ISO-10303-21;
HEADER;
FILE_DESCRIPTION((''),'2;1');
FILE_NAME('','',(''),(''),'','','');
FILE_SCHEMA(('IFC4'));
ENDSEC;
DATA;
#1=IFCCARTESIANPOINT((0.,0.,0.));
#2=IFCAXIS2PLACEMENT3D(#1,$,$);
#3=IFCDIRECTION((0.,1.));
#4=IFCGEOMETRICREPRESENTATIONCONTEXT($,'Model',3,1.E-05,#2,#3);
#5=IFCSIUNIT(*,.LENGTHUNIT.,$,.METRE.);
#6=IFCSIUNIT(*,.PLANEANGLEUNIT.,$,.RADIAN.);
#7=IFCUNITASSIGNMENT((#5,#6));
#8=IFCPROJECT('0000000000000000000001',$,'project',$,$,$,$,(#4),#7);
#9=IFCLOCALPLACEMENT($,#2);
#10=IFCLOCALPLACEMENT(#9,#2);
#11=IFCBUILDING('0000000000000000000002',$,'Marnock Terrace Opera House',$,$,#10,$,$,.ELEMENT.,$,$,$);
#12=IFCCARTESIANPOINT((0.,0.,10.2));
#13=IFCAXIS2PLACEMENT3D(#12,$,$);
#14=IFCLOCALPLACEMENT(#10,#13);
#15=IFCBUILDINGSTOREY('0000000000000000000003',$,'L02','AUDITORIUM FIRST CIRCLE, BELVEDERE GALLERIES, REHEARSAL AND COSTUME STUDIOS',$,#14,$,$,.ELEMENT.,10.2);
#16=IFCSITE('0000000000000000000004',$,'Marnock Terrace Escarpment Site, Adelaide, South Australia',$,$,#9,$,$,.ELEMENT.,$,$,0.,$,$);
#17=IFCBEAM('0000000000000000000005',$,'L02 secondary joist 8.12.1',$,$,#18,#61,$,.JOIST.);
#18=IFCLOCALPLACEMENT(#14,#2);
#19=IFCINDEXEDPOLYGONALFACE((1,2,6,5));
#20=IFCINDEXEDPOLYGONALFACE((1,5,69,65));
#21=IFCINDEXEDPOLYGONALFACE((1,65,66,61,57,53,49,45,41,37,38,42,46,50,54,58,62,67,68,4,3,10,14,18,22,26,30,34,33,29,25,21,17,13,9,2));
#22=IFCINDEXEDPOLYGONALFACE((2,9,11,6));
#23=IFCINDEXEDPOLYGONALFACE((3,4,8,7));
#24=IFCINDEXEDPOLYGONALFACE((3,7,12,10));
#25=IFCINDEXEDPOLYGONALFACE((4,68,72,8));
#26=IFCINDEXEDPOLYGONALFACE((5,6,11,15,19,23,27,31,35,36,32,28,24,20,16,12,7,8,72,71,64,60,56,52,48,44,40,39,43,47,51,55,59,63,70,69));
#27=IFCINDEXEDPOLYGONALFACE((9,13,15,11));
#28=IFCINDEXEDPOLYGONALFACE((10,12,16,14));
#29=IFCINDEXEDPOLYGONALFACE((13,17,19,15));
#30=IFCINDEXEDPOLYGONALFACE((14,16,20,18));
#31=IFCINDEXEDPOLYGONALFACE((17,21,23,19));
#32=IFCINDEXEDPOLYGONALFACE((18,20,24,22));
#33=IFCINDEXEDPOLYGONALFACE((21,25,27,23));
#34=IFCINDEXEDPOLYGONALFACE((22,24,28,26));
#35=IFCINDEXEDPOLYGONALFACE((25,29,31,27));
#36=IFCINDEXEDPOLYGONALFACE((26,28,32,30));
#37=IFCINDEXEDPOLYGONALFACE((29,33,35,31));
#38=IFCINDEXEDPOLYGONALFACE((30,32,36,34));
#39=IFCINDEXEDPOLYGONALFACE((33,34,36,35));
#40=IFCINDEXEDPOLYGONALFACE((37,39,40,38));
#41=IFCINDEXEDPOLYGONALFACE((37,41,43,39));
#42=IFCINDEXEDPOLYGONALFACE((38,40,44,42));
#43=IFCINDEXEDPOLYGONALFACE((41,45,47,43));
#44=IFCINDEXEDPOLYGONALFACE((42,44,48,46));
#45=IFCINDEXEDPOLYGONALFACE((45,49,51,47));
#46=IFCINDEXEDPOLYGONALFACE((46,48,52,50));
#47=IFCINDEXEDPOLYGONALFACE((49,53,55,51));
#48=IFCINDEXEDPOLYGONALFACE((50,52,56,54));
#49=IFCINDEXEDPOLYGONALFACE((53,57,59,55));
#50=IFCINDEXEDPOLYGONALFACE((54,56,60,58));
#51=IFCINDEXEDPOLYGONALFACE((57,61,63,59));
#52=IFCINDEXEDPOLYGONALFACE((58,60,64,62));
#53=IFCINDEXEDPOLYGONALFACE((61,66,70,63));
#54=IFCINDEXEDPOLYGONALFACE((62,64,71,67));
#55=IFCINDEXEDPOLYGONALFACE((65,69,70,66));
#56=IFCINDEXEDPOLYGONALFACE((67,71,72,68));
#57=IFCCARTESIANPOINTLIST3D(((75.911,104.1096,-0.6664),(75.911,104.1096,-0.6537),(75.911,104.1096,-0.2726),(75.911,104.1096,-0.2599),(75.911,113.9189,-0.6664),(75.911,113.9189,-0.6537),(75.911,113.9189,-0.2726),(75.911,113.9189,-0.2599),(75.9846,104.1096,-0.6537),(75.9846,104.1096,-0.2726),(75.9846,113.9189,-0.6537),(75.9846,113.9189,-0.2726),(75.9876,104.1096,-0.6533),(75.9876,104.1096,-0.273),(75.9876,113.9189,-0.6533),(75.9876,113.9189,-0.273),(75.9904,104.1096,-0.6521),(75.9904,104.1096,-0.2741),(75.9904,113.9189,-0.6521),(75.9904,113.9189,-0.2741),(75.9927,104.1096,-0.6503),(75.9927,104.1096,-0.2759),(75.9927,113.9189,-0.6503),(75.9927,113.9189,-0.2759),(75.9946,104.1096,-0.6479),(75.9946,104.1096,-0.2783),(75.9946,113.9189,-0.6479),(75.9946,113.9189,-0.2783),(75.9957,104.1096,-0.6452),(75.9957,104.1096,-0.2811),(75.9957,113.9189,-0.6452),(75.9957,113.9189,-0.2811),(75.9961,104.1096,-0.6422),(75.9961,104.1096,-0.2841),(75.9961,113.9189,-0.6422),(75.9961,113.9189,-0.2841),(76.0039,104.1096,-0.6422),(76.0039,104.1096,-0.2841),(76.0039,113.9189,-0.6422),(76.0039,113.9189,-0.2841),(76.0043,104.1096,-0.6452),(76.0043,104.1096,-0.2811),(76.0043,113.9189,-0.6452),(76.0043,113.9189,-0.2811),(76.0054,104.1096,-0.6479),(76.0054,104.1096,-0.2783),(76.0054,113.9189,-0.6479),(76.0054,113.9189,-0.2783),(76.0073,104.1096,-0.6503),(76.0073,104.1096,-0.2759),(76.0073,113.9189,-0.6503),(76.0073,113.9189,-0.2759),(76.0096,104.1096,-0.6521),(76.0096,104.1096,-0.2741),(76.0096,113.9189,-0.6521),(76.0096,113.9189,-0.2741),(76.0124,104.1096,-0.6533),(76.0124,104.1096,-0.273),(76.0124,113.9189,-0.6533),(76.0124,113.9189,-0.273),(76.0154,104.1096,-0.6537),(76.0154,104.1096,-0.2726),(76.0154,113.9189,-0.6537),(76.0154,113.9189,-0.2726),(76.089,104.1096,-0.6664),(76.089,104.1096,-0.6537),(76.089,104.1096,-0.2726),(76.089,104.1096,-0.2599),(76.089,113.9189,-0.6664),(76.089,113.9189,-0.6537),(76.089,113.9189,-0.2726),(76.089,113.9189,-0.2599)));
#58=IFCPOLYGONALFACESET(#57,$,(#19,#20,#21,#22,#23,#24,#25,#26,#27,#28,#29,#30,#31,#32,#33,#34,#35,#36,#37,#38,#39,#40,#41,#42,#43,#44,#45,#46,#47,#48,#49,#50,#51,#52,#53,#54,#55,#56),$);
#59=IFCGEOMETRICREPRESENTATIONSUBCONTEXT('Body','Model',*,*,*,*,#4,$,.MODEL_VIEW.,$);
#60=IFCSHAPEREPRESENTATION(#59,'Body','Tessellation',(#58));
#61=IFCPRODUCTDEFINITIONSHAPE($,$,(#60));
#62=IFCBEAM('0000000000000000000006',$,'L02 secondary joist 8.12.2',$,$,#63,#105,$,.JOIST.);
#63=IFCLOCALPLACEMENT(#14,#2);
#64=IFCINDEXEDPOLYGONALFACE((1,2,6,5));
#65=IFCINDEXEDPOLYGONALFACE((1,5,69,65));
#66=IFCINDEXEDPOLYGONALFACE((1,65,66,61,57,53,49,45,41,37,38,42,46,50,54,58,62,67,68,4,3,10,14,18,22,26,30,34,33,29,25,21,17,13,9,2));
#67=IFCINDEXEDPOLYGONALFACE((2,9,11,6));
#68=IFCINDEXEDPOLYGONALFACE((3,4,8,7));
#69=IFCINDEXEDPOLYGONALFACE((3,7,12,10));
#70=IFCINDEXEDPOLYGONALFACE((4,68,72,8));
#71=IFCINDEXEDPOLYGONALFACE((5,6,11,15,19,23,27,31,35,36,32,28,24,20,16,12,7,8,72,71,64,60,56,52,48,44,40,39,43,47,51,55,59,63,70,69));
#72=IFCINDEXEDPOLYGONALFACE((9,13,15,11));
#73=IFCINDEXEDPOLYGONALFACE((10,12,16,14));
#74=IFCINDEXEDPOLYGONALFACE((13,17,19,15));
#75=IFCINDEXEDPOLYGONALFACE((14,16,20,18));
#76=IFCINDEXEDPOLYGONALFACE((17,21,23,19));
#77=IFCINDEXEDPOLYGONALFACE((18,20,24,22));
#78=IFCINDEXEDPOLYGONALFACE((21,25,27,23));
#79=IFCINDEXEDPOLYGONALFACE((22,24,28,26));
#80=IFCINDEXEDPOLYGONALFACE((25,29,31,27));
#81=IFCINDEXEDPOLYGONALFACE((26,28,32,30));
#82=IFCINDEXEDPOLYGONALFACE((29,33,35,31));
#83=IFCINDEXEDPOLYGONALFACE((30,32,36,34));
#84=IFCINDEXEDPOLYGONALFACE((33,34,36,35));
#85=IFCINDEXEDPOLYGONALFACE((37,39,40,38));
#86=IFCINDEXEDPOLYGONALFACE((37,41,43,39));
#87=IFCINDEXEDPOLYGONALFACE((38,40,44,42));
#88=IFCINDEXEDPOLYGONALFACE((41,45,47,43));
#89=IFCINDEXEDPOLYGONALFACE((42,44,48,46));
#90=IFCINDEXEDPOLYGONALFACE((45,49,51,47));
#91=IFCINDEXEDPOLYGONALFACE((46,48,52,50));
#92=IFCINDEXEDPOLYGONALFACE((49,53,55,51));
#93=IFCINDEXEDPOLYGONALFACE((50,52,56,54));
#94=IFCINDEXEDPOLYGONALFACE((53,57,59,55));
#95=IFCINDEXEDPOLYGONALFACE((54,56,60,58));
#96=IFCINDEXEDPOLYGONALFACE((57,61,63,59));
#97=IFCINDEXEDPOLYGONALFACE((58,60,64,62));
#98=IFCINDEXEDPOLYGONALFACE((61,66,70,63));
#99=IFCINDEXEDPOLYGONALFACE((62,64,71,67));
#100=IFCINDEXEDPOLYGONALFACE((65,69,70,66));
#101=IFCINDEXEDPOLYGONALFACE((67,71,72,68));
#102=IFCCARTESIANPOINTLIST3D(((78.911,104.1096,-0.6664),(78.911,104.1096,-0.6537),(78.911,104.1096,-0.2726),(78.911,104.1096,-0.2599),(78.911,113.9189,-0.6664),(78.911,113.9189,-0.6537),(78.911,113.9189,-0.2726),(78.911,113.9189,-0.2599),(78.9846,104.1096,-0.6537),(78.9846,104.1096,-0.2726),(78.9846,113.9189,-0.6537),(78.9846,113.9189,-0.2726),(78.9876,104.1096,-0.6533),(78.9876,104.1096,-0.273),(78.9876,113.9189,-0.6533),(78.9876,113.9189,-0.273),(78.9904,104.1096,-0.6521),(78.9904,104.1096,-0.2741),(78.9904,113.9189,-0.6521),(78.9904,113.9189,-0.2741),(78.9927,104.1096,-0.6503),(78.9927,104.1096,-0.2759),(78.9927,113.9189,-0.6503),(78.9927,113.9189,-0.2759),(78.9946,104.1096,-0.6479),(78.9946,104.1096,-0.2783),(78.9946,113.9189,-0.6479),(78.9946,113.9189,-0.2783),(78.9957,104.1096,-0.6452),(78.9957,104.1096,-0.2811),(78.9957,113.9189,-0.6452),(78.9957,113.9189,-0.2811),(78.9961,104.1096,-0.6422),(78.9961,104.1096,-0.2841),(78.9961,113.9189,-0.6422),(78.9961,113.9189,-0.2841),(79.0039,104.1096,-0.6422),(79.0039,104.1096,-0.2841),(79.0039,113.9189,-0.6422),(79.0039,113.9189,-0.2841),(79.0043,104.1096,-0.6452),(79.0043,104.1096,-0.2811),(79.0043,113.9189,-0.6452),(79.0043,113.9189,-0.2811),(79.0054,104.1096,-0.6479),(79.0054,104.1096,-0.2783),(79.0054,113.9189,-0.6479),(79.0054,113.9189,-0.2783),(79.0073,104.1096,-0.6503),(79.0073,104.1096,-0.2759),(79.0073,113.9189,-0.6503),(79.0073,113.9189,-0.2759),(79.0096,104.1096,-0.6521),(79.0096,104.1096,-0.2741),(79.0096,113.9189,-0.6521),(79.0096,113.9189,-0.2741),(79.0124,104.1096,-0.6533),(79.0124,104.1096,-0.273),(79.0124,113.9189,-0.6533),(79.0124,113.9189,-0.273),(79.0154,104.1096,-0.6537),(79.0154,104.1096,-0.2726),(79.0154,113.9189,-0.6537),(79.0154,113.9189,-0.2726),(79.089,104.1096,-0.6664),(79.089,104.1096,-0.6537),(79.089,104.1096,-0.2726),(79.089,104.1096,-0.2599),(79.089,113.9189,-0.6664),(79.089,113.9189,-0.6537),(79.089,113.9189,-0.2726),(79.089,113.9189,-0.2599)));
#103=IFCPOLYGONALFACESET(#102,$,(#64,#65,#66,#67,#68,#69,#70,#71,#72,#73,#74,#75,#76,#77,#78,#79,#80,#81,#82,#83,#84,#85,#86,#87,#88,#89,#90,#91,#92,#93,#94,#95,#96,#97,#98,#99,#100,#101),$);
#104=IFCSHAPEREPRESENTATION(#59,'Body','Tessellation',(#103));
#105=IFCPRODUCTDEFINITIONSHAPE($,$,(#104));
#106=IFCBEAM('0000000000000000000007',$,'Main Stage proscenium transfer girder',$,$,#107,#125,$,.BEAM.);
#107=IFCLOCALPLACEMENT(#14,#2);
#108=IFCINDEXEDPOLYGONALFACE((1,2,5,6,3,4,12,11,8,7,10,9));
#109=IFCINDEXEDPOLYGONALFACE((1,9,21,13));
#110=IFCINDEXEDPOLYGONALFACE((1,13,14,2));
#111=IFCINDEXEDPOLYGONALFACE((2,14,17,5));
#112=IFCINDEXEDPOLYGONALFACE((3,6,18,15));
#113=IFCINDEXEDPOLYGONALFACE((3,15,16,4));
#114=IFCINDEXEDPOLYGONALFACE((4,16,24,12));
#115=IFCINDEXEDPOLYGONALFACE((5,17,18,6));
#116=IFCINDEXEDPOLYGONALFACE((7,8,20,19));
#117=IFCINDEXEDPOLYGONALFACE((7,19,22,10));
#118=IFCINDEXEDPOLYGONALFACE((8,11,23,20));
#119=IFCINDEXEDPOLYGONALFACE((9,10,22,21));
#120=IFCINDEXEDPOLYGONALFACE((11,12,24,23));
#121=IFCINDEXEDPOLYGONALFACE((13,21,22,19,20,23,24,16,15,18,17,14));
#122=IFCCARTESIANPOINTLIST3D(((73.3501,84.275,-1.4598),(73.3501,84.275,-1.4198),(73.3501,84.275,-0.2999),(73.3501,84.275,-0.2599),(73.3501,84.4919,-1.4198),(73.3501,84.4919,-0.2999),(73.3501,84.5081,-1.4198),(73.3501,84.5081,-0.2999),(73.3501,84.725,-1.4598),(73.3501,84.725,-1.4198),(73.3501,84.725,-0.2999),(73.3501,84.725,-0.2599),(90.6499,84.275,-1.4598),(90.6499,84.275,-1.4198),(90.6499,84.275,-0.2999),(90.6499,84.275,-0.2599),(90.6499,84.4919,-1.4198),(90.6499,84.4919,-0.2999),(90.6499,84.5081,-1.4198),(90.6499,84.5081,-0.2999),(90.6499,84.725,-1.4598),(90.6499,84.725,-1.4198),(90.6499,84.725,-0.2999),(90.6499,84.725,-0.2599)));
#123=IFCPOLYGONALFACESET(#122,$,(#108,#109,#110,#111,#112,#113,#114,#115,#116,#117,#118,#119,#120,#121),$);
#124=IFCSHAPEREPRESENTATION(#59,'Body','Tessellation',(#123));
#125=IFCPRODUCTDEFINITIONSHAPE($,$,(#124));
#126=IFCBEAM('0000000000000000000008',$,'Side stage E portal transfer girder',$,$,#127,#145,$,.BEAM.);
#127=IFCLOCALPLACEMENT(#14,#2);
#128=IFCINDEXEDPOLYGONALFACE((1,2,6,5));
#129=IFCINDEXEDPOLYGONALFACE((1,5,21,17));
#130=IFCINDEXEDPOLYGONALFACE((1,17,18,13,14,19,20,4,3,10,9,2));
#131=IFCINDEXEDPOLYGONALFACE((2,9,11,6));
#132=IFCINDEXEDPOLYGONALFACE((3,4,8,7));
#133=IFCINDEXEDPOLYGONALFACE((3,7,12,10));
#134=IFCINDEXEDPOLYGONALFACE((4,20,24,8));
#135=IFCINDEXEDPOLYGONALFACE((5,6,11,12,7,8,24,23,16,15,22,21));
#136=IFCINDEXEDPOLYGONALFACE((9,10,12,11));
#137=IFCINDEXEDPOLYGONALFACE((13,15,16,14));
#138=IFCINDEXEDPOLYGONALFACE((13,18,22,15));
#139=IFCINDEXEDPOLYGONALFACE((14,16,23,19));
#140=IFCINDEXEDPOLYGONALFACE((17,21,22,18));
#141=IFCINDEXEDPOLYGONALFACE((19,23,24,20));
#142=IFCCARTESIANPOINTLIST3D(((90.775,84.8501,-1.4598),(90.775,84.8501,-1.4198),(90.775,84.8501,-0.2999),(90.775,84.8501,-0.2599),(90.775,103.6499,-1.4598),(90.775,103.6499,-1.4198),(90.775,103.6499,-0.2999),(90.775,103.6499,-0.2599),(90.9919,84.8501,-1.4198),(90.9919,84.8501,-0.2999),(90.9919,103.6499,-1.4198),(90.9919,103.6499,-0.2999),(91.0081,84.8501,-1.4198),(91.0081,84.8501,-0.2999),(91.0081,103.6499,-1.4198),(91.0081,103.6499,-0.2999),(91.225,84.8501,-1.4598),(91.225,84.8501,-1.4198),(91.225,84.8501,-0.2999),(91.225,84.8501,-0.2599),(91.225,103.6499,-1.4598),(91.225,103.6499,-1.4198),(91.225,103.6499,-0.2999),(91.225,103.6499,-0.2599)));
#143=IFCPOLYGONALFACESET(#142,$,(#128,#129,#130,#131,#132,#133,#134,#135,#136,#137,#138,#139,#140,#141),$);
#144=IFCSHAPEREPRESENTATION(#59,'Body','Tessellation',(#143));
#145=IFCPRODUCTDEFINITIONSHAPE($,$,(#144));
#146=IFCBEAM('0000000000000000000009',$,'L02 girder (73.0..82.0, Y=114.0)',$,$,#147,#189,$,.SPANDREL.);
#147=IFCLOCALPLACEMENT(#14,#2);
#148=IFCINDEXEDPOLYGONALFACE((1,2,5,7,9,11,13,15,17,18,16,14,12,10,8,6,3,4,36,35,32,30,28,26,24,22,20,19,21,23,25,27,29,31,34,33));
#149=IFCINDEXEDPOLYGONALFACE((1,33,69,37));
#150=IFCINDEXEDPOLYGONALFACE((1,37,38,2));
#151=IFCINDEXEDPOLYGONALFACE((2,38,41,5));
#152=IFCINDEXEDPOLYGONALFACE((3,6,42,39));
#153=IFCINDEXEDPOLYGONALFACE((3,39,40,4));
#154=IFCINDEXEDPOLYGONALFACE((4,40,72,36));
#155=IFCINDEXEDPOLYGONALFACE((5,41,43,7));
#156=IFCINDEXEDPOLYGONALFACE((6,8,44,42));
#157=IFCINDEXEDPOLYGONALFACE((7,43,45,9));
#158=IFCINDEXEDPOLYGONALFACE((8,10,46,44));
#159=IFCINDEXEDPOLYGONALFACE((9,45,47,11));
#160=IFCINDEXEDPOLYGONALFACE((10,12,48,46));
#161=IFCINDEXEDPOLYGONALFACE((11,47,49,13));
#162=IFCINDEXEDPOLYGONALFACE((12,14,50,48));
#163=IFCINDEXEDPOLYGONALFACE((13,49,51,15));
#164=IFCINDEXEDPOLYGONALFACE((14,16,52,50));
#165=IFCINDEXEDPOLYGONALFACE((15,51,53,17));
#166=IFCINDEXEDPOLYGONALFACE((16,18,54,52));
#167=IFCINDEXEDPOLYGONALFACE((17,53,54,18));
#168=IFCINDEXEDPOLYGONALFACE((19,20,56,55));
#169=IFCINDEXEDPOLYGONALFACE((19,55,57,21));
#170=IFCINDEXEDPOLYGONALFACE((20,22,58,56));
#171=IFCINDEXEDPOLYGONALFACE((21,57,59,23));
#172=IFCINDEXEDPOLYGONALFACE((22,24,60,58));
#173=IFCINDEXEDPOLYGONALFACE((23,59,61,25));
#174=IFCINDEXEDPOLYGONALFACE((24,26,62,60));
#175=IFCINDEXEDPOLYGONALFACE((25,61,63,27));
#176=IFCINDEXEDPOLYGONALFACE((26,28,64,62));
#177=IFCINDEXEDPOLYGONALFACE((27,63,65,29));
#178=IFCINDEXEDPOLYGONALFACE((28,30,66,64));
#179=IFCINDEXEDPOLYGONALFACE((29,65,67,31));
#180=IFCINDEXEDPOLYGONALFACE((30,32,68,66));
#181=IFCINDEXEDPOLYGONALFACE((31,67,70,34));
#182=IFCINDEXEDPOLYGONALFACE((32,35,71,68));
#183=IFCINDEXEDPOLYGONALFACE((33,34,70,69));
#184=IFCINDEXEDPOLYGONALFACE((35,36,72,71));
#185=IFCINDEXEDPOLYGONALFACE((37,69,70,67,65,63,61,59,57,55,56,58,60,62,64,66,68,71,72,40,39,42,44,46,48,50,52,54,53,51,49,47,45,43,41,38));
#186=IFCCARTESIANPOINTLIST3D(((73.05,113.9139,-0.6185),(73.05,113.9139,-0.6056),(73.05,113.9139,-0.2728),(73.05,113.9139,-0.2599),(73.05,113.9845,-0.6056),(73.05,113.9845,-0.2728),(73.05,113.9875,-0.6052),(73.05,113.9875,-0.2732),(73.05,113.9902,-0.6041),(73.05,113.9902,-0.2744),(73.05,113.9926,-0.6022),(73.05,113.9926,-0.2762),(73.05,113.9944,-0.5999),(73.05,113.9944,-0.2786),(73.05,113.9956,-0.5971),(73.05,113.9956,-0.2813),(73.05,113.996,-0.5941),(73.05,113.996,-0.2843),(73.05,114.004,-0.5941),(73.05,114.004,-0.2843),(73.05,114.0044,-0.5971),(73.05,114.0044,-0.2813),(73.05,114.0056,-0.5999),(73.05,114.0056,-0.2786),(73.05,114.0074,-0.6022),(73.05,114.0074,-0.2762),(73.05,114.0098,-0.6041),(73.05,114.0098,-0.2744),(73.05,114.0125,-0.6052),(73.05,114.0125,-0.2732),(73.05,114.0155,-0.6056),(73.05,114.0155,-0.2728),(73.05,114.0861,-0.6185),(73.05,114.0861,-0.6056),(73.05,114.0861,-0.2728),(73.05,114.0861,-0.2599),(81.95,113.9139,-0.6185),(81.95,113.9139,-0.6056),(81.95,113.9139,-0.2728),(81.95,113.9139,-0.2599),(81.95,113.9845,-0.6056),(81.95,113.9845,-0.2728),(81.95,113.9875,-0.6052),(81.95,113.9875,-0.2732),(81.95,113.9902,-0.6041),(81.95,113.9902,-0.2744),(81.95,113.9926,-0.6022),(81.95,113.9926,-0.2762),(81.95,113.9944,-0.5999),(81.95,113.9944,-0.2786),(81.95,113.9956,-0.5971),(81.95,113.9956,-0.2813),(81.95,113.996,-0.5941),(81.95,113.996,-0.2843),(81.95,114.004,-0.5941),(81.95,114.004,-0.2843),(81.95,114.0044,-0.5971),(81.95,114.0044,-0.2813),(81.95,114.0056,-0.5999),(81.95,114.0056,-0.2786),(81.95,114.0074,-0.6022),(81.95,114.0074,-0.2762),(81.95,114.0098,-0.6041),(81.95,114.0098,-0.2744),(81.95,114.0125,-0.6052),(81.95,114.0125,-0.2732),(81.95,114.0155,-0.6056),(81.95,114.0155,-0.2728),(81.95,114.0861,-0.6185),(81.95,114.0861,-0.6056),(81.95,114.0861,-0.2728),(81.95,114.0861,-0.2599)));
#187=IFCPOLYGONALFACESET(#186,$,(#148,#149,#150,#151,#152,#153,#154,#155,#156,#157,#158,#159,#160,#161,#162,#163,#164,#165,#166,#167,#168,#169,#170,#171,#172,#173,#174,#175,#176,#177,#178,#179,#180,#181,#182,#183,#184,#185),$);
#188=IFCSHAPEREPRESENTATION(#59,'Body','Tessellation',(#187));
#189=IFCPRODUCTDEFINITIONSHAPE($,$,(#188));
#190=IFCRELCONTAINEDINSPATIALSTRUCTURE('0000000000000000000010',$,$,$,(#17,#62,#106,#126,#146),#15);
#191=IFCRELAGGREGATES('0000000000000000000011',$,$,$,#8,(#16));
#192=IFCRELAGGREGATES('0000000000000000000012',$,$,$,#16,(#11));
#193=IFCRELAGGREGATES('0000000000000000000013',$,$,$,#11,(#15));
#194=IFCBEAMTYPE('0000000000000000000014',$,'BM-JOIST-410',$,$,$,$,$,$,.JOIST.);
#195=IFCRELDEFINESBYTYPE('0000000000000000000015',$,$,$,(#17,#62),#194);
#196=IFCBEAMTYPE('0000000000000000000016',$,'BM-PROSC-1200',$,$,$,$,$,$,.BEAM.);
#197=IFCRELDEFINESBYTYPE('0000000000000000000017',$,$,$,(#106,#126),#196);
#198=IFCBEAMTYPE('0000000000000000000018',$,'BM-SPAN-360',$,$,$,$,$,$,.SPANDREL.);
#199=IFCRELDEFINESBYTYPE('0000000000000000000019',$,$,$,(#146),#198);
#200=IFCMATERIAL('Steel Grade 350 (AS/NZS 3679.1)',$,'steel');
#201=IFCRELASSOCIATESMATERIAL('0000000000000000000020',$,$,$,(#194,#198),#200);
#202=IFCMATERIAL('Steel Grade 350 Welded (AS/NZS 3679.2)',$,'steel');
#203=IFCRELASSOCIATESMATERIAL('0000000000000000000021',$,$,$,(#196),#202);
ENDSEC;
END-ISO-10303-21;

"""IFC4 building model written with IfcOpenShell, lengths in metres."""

from ifc_helpers import new_model, si_unit, direction, frame, origin, origin_2d, place, context, subcontext, project, spatial, i_section, extrude, material, material_profile, profile_set, type_object, element, save


model = new_model("IFC4")

# Units and contexts
model_context = context("Model", 3, precision=1e-05, world=origin(), true_north=direction((0.0, 1.0)))
body_context = subcontext(model_context, "Body", "Model", "MODEL_VIEW")
ifc_project = project(units=[si_unit("LENGTHUNIT", "METRE"), si_unit("PLANEANGLEUNIT", "RADIAN")], contexts=[model_context])

# Site, building, storey
site_placement = place(None, origin())
site = spatial("IfcSite", under=ifc_project, at=site_placement, Name="Marnock Terrace Escarpment Site, Adelaide, South Australia", CompositionType="ELEMENT", RefElevation=0.0)
building_placement = place(site_placement, origin())
building = spatial("IfcBuilding", under=site, at=building_placement, Name="Marnock Terrace Opera House", CompositionType="ELEMENT")
storey_placement = place(building_placement, frame((0.0, 0.0, 10.2)))
storey = spatial("IfcBuildingStorey", under=building, at=storey_placement, Name="L02", Description="AUDITORIUM FIRST CIRCLE, BELVEDERE GALLERIES, REHEARSAL AND COSTUME STUDIOS", CompositionType="ELEMENT", Elevation=10.2)

# Beams
ifc_material_1 = material(Name="Steel Grade 350 (AS/NZS 3679.1)", Category="steel")
ifc_material_profile_1 = material_profile(ifc_material_1, i_section(OverallWidth=0.178, OverallDepth=0.4065, WebThickness=0.0078, FlangeThickness=0.0127, FilletRadius=0.0115, at=origin_2d()))
ifc_profile_set_1 = profile_set([ifc_material_profile_1], Name="Steel Grade 350 (AS/NZS 3679.1)")
beam_type_1 = type_object("IfcBeamType", Name="BM-JOIST-410", PredefinedType="JOIST", material=ifc_profile_set_1)
for number, where, z_axis, x_axis, name in (
    (1, (76.0, 104.1096, -0.4631), (0.0, 1.0, 0.0), (-1.0, 0.0, 0.0), "L02 secondary joist 8.12.1"),
    (2, (79.0, 104.1096, -0.4631), (0.0, 1.0, 0.0), (-1.0, 0.0, 0.0), "L02 secondary joist 8.12.2"),
):
    element("IfcBeam", number, at=place(storey_placement, frame(where, z_axis=z_axis, x_axis=x_axis)), inside=storey, type_object=beam_type_1, Name=name, PredefinedType="JOIST", context=body_context, shape_type="SweptSolid", body=[
        extrude(i_section(OverallWidth=0.178, OverallDepth=0.4065, WebThickness=0.0078, FlangeThickness=0.0127, FilletRadius=0.0115, at=origin_2d()), origin(), (0.0, 0.0, 1.0), 9.8093),
    ])
ifc_material_2 = material(Name="Steel Grade 350 Welded (AS/NZS 3679.2)", Category="steel")
ifc_material_profile_2 = material_profile(ifc_material_2, i_section(OverallWidth=0.45, OverallDepth=1.2, WebThickness=0.0161, FlangeThickness=0.04, at=origin_2d()))
ifc_profile_set_2 = profile_set([ifc_material_profile_2], Name="Steel Grade 350 Welded (AS/NZS 3679.2)")
beam_type_2 = type_object("IfcBeamType", Name="BM-PROSC-1200", PredefinedType="BEAM", material=ifc_profile_set_2)
beam_1_placement = place(storey_placement, frame((73.3501, 84.5, -0.8599), z_axis=(1.0, 0.0, 0.0), x_axis=(0.0, 1.0, 0.0)))
element("IfcBeam", 3, at=beam_1_placement, inside=storey, type_object=beam_type_2, Name="Main Stage proscenium transfer girder", PredefinedType="BEAM", context=body_context, shape_type="SweptSolid", body=[
    extrude(i_section(OverallWidth=0.45, OverallDepth=1.2, WebThickness=0.0161, FlangeThickness=0.04, at=origin_2d()), origin(), (0.0, 0.0, 1.0), 17.2998),
])
beam_2_placement = place(storey_placement, frame((91.0, 84.8501, -0.8599), z_axis=(0.0, 1.0, 0.0), x_axis=(-1.0, 0.0, 0.0)))
element("IfcBeam", 4, at=beam_2_placement, inside=storey, type_object=beam_type_2, Name="Side stage E portal transfer girder", PredefinedType="BEAM", context=body_context, shape_type="SweptSolid", body=[
    extrude(i_section(OverallWidth=0.45, OverallDepth=1.2, WebThickness=0.0161, FlangeThickness=0.04, at=origin_2d()), origin(), (0.0, 0.0, 1.0), 18.7998),
])
ifc_material_profile_3 = material_profile(ifc_material_1, i_section(OverallWidth=0.1721, OverallDepth=0.3586, WebThickness=0.0081, FlangeThickness=0.0129, FilletRadius=0.0115, at=origin_2d()))
ifc_profile_set_3 = profile_set([ifc_material_profile_3], Name="Steel Grade 350 (AS/NZS 3679.1)")
beam_type_3 = type_object("IfcBeamType", Name="BM-SPAN-360", PredefinedType="SPANDREL", material=ifc_profile_set_3)
for number, where, z_axis, x_axis, name in (
    (5, (73.05, 114.0, -0.4392), (1.0, 0.0, 0.0), (0.0, 1.0, 0.0), "L02 girder (73.0..82.0, Y=114.0)"),
):
    element("IfcBeam", number, at=place(storey_placement, frame(where, z_axis=z_axis, x_axis=x_axis)), inside=storey, type_object=beam_type_3, Name=name, PredefinedType="SPANDREL", context=body_context, shape_type="SweptSolid", body=[
        extrude(i_section(OverallWidth=0.1721, OverallDepth=0.3586, WebThickness=0.0081, FlangeThickness=0.0129, FilletRadius=0.0115, at=origin_2d()), origin(), (0.0, 0.0, 1.0), 8.8999),
    ])

save(model, "model.ifc")
